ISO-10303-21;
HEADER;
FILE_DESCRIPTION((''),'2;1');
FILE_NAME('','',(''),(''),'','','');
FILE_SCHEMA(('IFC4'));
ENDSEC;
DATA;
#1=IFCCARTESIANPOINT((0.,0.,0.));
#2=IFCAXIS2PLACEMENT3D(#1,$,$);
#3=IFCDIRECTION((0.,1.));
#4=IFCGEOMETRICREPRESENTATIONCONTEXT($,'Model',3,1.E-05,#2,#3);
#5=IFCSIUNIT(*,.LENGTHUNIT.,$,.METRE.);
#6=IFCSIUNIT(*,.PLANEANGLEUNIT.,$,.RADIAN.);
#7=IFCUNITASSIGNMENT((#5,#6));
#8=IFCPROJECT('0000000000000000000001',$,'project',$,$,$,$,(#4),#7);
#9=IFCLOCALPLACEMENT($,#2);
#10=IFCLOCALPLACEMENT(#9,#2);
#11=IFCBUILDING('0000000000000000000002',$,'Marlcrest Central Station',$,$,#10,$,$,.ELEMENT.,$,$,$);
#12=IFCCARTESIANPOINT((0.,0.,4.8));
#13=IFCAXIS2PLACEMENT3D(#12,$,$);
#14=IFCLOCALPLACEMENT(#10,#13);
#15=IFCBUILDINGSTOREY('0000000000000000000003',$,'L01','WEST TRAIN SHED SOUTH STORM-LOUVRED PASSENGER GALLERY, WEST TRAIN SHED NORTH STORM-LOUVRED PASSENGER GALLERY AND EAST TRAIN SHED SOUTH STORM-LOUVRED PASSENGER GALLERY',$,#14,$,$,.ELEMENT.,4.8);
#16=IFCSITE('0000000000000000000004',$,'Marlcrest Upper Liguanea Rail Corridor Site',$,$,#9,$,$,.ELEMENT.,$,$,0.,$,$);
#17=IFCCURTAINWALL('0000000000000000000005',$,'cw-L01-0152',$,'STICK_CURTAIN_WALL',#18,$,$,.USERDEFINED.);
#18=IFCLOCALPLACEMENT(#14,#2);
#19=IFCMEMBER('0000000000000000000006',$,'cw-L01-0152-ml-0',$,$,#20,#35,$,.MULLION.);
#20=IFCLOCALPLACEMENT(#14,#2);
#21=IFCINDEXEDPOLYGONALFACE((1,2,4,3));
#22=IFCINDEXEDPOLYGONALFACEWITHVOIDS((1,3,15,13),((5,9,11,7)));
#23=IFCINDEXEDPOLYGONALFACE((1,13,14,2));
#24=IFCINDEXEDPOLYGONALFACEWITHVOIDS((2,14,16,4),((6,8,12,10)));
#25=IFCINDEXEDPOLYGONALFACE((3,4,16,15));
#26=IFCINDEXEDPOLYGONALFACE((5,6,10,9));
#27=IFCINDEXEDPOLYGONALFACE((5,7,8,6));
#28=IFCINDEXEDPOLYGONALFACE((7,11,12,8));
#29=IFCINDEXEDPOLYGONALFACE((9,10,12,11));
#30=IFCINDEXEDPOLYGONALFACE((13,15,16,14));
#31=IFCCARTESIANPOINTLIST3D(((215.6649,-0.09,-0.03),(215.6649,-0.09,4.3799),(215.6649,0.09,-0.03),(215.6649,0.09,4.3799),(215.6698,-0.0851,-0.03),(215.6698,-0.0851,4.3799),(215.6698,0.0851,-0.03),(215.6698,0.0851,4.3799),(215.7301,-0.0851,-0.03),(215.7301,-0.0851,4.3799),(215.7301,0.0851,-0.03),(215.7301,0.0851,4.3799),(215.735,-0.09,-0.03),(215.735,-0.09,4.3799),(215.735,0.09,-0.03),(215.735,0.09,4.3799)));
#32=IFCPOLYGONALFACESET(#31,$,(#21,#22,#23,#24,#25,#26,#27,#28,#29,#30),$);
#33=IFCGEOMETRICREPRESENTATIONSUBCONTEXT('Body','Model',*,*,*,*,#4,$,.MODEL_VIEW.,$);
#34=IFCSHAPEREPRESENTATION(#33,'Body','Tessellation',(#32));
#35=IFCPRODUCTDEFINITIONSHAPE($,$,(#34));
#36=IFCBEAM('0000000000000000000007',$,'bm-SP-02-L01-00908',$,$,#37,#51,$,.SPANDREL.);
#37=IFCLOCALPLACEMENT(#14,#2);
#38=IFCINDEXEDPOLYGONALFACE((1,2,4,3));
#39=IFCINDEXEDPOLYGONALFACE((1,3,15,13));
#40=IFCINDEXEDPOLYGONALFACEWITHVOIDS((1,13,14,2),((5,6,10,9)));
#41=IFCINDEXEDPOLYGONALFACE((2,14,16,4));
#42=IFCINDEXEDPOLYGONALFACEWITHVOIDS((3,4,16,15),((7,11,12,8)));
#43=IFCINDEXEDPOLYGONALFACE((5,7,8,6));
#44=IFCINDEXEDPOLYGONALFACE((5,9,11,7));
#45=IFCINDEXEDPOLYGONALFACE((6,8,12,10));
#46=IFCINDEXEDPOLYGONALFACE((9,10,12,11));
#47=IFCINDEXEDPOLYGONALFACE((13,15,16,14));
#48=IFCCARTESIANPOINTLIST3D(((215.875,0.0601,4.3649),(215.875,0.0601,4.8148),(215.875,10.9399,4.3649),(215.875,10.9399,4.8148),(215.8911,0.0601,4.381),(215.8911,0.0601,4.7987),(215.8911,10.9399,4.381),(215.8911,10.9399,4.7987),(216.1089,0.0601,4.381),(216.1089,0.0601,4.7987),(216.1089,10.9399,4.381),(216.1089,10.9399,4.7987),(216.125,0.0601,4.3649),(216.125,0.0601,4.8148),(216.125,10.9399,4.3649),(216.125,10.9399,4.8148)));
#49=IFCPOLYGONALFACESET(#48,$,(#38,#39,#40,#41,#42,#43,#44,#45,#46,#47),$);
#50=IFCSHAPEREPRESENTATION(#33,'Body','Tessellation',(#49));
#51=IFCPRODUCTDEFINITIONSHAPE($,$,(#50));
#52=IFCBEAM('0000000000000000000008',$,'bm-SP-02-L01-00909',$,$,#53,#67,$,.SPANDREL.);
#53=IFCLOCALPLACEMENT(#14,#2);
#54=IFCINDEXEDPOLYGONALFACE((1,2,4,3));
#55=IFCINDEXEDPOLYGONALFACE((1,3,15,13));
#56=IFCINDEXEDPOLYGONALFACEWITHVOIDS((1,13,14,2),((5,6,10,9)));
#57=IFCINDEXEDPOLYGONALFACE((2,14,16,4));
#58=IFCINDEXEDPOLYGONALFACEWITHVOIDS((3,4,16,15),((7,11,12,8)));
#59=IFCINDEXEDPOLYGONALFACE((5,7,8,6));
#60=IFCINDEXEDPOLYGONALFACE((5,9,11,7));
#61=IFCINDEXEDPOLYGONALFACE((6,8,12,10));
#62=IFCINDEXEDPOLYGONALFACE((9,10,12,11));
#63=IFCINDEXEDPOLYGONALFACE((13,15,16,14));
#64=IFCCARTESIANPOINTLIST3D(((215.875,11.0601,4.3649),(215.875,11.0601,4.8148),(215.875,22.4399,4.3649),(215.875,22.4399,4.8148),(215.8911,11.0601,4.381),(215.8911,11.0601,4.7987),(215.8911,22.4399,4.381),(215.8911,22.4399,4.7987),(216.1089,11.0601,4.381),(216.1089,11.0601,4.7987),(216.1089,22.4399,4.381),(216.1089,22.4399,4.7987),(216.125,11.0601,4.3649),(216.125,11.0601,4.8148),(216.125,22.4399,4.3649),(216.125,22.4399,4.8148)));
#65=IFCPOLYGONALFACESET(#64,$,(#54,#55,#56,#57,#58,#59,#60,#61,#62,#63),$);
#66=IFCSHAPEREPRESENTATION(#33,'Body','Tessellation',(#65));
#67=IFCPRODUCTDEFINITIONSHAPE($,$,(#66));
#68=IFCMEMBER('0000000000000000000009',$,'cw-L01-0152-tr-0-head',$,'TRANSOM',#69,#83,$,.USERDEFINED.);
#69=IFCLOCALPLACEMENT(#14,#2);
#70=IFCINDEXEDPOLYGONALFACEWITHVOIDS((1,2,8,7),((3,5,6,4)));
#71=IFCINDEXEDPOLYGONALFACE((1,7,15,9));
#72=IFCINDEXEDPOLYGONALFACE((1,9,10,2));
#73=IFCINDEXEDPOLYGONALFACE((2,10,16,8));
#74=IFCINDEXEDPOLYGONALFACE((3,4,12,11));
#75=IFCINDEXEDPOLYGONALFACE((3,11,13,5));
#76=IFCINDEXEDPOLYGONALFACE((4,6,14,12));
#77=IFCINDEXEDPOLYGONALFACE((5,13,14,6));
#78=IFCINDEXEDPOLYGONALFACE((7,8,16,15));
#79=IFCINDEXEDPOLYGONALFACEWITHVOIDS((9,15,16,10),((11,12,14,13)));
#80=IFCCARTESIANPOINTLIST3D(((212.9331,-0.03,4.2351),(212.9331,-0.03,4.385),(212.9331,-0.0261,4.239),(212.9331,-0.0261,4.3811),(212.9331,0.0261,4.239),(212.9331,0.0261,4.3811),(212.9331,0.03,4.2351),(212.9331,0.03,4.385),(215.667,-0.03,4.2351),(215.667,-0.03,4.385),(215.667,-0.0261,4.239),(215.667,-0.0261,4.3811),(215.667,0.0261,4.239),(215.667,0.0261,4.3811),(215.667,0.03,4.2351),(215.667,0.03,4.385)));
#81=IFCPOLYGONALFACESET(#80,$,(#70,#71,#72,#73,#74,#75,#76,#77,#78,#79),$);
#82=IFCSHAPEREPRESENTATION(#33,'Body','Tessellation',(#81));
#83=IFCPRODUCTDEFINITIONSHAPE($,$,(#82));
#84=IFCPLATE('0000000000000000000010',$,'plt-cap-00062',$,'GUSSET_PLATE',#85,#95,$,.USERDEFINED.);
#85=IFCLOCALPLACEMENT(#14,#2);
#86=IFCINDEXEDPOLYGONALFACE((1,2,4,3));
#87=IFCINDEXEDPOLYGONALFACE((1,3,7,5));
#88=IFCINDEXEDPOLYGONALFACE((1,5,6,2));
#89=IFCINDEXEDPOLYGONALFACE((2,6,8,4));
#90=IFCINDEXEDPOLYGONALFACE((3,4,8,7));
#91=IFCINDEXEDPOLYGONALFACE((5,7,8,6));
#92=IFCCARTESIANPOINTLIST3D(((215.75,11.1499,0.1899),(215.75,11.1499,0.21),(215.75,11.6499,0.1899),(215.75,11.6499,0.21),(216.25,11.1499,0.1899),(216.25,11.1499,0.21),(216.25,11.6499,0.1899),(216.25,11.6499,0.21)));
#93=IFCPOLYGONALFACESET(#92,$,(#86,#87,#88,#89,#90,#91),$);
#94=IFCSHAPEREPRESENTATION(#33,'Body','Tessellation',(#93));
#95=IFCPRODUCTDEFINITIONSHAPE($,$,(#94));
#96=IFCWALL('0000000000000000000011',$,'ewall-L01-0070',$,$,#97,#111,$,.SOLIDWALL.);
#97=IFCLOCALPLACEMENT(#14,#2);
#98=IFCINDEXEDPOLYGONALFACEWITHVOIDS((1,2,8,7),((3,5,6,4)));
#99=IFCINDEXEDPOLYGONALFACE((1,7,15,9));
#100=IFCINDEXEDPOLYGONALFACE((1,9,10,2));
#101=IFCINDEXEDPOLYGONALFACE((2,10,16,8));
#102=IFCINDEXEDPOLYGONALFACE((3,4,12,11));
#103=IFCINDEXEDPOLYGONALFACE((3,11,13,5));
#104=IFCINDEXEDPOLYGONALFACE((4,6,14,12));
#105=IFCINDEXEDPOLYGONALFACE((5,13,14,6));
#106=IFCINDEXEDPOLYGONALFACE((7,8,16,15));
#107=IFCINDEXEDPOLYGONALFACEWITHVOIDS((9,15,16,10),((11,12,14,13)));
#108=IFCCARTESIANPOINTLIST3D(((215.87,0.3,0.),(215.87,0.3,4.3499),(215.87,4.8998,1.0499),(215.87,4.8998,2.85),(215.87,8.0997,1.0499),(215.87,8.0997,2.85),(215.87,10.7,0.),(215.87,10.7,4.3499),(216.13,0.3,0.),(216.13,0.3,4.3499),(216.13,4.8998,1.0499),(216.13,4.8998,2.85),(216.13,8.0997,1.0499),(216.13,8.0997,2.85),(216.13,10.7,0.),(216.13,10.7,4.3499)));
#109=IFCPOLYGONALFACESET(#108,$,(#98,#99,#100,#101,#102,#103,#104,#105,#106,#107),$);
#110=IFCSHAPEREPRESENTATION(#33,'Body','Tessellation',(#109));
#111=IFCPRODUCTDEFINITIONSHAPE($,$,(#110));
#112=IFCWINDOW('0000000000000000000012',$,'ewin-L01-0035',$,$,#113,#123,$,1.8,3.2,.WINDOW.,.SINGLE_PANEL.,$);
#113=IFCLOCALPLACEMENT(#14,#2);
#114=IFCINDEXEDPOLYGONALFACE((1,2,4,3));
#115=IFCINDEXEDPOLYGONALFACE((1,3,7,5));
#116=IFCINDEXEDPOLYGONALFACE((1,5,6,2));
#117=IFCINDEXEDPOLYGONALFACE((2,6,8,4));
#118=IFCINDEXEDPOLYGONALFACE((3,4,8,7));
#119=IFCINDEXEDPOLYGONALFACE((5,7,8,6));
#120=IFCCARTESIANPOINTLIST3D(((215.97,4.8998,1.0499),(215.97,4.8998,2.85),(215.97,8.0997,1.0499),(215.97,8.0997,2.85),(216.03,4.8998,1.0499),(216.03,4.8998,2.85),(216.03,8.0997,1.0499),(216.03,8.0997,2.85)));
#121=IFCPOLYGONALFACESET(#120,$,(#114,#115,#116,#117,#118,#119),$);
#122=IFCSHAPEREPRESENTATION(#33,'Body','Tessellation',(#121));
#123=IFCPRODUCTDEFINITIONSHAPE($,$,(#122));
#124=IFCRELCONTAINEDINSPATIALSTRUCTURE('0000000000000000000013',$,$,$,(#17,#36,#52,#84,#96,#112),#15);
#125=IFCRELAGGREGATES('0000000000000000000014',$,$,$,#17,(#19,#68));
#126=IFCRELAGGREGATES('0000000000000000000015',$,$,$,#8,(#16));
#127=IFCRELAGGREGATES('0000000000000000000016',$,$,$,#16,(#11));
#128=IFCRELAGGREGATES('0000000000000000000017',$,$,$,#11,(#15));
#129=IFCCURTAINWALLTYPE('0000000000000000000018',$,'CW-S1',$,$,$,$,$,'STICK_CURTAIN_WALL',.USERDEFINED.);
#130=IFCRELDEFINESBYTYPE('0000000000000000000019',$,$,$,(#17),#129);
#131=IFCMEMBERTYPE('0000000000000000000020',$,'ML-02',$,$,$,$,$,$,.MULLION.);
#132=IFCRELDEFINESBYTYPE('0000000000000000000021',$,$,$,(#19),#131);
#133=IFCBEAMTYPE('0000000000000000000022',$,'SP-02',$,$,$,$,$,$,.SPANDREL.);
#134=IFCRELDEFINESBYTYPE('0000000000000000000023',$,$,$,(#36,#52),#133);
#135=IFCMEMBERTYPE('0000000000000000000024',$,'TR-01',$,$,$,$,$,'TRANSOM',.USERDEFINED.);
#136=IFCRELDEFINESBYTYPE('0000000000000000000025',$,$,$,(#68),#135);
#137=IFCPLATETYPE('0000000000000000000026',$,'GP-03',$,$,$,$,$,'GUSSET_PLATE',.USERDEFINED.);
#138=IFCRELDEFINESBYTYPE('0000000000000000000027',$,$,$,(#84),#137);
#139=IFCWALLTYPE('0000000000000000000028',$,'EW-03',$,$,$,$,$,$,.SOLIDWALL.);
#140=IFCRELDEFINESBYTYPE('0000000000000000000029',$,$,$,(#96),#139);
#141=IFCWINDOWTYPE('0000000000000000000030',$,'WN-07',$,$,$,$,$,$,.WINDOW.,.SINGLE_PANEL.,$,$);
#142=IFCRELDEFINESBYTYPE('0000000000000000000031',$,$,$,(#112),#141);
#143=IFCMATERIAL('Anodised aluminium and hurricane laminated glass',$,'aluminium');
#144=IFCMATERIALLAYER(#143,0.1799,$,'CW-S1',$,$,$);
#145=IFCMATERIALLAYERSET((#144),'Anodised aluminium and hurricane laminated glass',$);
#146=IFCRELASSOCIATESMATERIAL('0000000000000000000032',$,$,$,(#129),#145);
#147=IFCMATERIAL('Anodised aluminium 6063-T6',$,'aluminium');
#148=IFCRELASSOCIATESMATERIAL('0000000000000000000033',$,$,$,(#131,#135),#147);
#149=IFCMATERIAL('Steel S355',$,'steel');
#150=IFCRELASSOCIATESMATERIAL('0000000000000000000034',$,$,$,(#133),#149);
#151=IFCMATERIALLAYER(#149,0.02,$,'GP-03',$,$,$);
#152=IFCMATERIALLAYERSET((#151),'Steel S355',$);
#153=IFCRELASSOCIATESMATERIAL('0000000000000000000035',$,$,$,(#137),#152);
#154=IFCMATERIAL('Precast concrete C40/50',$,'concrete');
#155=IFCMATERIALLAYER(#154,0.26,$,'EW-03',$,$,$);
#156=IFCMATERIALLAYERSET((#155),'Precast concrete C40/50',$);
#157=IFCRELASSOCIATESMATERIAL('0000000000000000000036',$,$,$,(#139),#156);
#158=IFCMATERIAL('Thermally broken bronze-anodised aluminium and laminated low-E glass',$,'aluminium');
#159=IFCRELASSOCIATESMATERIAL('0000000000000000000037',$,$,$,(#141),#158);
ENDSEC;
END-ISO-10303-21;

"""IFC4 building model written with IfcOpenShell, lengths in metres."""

from ifc_helpers import new_model, si_unit, direction, frame, frame_2d, origin, origin_2d, place, context, subcontext, project, spatial, rectangle, hollow_rectangle, extrude, material, layer, layer_set, material_profile, profile_set, type_object, element, fill, aggregate, save


model = new_model("IFC4")

# Units and contexts
model_context = context("Model", 3, precision=1e-05, world=origin(), true_north=direction((0.0, 1.0)))
body_context = subcontext(model_context, "Body", "Model", "MODEL_VIEW")
ifc_project = project(units=[si_unit("LENGTHUNIT", "METRE"), si_unit("PLANEANGLEUNIT", "RADIAN")], contexts=[model_context])

# Site, building, storey
site_placement = place(None, origin())
site = spatial("IfcSite", under=ifc_project, at=site_placement, Name="Marlcrest Upper Liguanea Rail Corridor Site", CompositionType="ELEMENT", RefElevation=0.0)
building_placement = place(site_placement, origin())
building = spatial("IfcBuilding", under=site, at=building_placement, Name="Marlcrest Central Station", CompositionType="ELEMENT")
storey_placement = place(building_placement, frame((0.0, 0.0, 4.8)))
storey = spatial("IfcBuildingStorey", under=building, at=storey_placement, Name="L01", Description="WEST TRAIN SHED SOUTH STORM-LOUVRED PASSENGER GALLERY, WEST TRAIN SHED NORTH STORM-LOUVRED PASSENGER GALLERY AND EAST TRAIN SHED SOUTH STORM-LOUVRED PASSENGER GALLERY", CompositionType="ELEMENT", Elevation=4.8)

# Shared definitions
ifc_material_1 = material(Name="Steel S355", Category="steel")

# Curtain wall, member
ifc_material_2 = material(Name="Anodised aluminium and hurricane laminated glass", Category="aluminium")
ifc_layer_1 = layer(ifc_material_2, 0.1799, Name="CW-S1")
ifc_layer_set_1 = layer_set([ifc_layer_1], Name="Anodised aluminium and hurricane laminated glass")
curtain_wall_type = type_object("IfcCurtainWallType", Name="CW-S1", ElementType="STICK_CURTAIN_WALL", PredefinedType="USERDEFINED", material=ifc_layer_set_1)
curtain_wall_placement = place(storey_placement, origin())
curtain_wall = element("IfcCurtainWall", 1, at=curtain_wall_placement, inside=storey, type_object=curtain_wall_type, Name="cw-L01-0152", ObjectType="STICK_CURTAIN_WALL", PredefinedType="USERDEFINED")
ifc_material_3 = material(Name="Anodised aluminium 6063-T6", Category="aluminium")
ifc_material_profile_1 = material_profile(ifc_material_3, hollow_rectangle(XDim=0.0701, YDim=0.1799, WallThickness=0.0049, at=origin_2d()), Name="AA-RHS 180x70x5")
ifc_profile_set_1 = profile_set([ifc_material_profile_1], Name="Anodised aluminium 6063-T6")
member_type_1 = type_object("IfcMemberType", Name="ML-02", PredefinedType="MULLION", material=ifc_profile_set_1)
member_1_placement = place(storey_placement, frame((215.7, 0.0, -0.03), z_axis=(0.0, 0.0, 1.0), x_axis=(1.0, 0.0, 0.0)))
member_1 = element("IfcMember", 2, at=member_1_placement, type_object=member_type_1, Name="cw-L01-0152-ml-0", PredefinedType="MULLION", context=body_context, shape_type="SweptSolid", body=[
    extrude(hollow_rectangle(XDim=0.0701, YDim=0.1799, WallThickness=0.0049, at=origin_2d()), origin(), (0.0, 0.0, 1.0), 4.4099),
])

# Beams
ifc_material_profile_2 = material_profile(ifc_material_1, hollow_rectangle(XDim=0.25, YDim=0.45, WallThickness=0.0161, at=origin_2d()), Name="RHS 450x250x16")
ifc_profile_set_2 = profile_set([ifc_material_profile_2], Name="Steel S355")
beam_type_1 = type_object("IfcBeamType", Name="SP-02", PredefinedType="SPANDREL", material=ifc_profile_set_2)
beam_1_placement = place(storey_placement, frame((216.0, 0.0601, 4.5898), z_axis=(0.0, 1.0, 0.0), x_axis=(-1.0, 0.0, 0.0)))
element("IfcBeam", 3, at=beam_1_placement, inside=storey, type_object=beam_type_1, Name="bm-SP-02-L01-00908", PredefinedType="SPANDREL", context=body_context, shape_type="SweptSolid", body=[
    extrude(hollow_rectangle(XDim=0.25, YDim=0.45, WallThickness=0.0161, at=origin_2d()), origin(), (0.0, 0.0, 1.0), 10.8799),
])
beam_2_placement = place(storey_placement, frame((216.0, 11.0601, 4.5898), z_axis=(0.0, 1.0, 0.0), x_axis=(-1.0, 0.0, 0.0)))
element("IfcBeam", 4, at=beam_2_placement, inside=storey, type_object=beam_type_1, Name="bm-SP-02-L01-00909", PredefinedType="SPANDREL", context=body_context, shape_type="SweptSolid", body=[
    extrude(hollow_rectangle(XDim=0.25, YDim=0.45, WallThickness=0.0161, at=origin_2d()), origin(), (0.0, 0.0, 1.0), 11.3799),
])

# Member
ifc_material_profile_3 = material_profile(ifc_material_3, hollow_rectangle(XDim=0.0601, YDim=0.1499, WallThickness=0.0039, at=origin_2d()), Name="AA-RHS 150x60x4")
ifc_profile_set_3 = profile_set([ifc_material_profile_3], Name="Anodised aluminium 6063-T6")
member_type_2 = type_object("IfcMemberType", Name="TR-01", ElementType="TRANSOM", PredefinedType="USERDEFINED", material=ifc_profile_set_3)
member_2_placement = place(storey_placement, frame((215.667, 0.0, 4.3101), z_axis=(-1.0, 0.0, 0.0), x_axis=(0.0, -1.0, 0.0)))
member_2 = element("IfcMember", 5, at=member_2_placement, type_object=member_type_2, Name="cw-L01-0152-tr-0-head", ObjectType="TRANSOM", PredefinedType="USERDEFINED", context=body_context, shape_type="SweptSolid", body=[
    extrude(hollow_rectangle(XDim=0.0601, YDim=0.1499, WallThickness=0.0039, at=origin_2d()), origin(), (0.0, 0.0, 1.0), 2.7339),
])
aggregate(curtain_wall, [member_1, member_2])

# Plate
ifc_layer_2 = layer(ifc_material_1, 0.02, Name="GP-03")
ifc_layer_set_2 = layer_set([ifc_layer_2], Name="Steel S355")
plate_type = type_object("IfcPlateType", Name="GP-03", ElementType="GUSSET_PLATE", PredefinedType="USERDEFINED", material=ifc_layer_set_2)
plate_placement = place(storey_placement, frame((216.0, 11.3999, 0.1899), z_axis=(0.0, 0.0, 1.0), x_axis=(1.0, 0.0, 0.0)))
element("IfcPlate", 6, at=plate_placement, inside=storey, type_object=plate_type, Name="plt-cap-00062", ObjectType="GUSSET_PLATE", PredefinedType="USERDEFINED", context=body_context, shape_type="SweptSolid", body=[
    extrude(rectangle(XDim=0.5, YDim=0.5, at=origin_2d()), origin(), (0.0, 0.0, 1.0), 0.02),
])

# Wall, opening, window
ifc_material_4 = material(Name="Precast concrete C40/50", Category="concrete")
ifc_layer_3 = layer(ifc_material_4, 0.26, Name="EW-03")
ifc_layer_set_3 = layer_set([ifc_layer_3], Name="Precast concrete C40/50")
wall_type = type_object("IfcWallType", Name="EW-03", PredefinedType="SOLIDWALL", material=ifc_layer_set_3)
wall_placement = place(storey_placement, frame((216.0, 10.7, 0.0), z_axis=(0.0, 0.0, 1.0), x_axis=(0.0, -1.0, 0.0)))
wall = element("IfcWall", 7, at=wall_placement, inside=storey, type_object=wall_type, Name="ewall-L01-0070", PredefinedType="SOLIDWALL", context=body_context, shape_type="SweptSolid", body=[
    extrude(rectangle(XDim=10.3999, YDim=0.26, at=frame_2d((5.2, 0.0))), origin(), (0.0, 0.0, 1.0), 4.3499),
])
opening_placement = place(wall_placement, frame((2.6001, 0.0, 1.05)))
opening = element("IfcOpeningElement", 8, at=opening_placement, cuts=wall, PredefinedType="OPENING", context=body_context, shape_type="SweptSolid", body=[
    extrude(rectangle(XDim=3.2, YDim=1.8, at=frame_2d((1.6001, 0.8999))), frame((0.0, 0.1399, 0.0), z_axis=(0.0, -1.0, 0.0), x_axis=(1.0, 0.0, 0.0)), (0.0, 0.0, 1.0), 0.28),
])
ifc_material_5 = material(Name="Thermally broken bronze-anodised aluminium and laminated low-E glass", Category="aluminium")
window_type = type_object("IfcWindowType", Name="WN-07", PartitioningType="SINGLE_PANEL", PredefinedType="WINDOW", material=ifc_material_5)
window_placement = place(opening_placement, origin())
window = element("IfcWindow", 9, at=window_placement, inside=storey, type_object=window_type, Name="ewin-L01-0035", OverallHeight=1.8, OverallWidth=3.2, PartitioningType="SINGLE_PANEL", PredefinedType="WINDOW", context=body_context, shape_type="SweptSolid", body=[
    extrude(rectangle(XDim=3.2, YDim=1.8, at=frame_2d((1.6001, 0.8999))), frame((0.0, 0.03, 0.0), z_axis=(0.0, -1.0, 0.0), x_axis=(1.0, 0.0, 0.0)), (0.0, 0.0, 1.0), 0.0601),
])
fill(opening, window)

save(model, "model.ifc")
